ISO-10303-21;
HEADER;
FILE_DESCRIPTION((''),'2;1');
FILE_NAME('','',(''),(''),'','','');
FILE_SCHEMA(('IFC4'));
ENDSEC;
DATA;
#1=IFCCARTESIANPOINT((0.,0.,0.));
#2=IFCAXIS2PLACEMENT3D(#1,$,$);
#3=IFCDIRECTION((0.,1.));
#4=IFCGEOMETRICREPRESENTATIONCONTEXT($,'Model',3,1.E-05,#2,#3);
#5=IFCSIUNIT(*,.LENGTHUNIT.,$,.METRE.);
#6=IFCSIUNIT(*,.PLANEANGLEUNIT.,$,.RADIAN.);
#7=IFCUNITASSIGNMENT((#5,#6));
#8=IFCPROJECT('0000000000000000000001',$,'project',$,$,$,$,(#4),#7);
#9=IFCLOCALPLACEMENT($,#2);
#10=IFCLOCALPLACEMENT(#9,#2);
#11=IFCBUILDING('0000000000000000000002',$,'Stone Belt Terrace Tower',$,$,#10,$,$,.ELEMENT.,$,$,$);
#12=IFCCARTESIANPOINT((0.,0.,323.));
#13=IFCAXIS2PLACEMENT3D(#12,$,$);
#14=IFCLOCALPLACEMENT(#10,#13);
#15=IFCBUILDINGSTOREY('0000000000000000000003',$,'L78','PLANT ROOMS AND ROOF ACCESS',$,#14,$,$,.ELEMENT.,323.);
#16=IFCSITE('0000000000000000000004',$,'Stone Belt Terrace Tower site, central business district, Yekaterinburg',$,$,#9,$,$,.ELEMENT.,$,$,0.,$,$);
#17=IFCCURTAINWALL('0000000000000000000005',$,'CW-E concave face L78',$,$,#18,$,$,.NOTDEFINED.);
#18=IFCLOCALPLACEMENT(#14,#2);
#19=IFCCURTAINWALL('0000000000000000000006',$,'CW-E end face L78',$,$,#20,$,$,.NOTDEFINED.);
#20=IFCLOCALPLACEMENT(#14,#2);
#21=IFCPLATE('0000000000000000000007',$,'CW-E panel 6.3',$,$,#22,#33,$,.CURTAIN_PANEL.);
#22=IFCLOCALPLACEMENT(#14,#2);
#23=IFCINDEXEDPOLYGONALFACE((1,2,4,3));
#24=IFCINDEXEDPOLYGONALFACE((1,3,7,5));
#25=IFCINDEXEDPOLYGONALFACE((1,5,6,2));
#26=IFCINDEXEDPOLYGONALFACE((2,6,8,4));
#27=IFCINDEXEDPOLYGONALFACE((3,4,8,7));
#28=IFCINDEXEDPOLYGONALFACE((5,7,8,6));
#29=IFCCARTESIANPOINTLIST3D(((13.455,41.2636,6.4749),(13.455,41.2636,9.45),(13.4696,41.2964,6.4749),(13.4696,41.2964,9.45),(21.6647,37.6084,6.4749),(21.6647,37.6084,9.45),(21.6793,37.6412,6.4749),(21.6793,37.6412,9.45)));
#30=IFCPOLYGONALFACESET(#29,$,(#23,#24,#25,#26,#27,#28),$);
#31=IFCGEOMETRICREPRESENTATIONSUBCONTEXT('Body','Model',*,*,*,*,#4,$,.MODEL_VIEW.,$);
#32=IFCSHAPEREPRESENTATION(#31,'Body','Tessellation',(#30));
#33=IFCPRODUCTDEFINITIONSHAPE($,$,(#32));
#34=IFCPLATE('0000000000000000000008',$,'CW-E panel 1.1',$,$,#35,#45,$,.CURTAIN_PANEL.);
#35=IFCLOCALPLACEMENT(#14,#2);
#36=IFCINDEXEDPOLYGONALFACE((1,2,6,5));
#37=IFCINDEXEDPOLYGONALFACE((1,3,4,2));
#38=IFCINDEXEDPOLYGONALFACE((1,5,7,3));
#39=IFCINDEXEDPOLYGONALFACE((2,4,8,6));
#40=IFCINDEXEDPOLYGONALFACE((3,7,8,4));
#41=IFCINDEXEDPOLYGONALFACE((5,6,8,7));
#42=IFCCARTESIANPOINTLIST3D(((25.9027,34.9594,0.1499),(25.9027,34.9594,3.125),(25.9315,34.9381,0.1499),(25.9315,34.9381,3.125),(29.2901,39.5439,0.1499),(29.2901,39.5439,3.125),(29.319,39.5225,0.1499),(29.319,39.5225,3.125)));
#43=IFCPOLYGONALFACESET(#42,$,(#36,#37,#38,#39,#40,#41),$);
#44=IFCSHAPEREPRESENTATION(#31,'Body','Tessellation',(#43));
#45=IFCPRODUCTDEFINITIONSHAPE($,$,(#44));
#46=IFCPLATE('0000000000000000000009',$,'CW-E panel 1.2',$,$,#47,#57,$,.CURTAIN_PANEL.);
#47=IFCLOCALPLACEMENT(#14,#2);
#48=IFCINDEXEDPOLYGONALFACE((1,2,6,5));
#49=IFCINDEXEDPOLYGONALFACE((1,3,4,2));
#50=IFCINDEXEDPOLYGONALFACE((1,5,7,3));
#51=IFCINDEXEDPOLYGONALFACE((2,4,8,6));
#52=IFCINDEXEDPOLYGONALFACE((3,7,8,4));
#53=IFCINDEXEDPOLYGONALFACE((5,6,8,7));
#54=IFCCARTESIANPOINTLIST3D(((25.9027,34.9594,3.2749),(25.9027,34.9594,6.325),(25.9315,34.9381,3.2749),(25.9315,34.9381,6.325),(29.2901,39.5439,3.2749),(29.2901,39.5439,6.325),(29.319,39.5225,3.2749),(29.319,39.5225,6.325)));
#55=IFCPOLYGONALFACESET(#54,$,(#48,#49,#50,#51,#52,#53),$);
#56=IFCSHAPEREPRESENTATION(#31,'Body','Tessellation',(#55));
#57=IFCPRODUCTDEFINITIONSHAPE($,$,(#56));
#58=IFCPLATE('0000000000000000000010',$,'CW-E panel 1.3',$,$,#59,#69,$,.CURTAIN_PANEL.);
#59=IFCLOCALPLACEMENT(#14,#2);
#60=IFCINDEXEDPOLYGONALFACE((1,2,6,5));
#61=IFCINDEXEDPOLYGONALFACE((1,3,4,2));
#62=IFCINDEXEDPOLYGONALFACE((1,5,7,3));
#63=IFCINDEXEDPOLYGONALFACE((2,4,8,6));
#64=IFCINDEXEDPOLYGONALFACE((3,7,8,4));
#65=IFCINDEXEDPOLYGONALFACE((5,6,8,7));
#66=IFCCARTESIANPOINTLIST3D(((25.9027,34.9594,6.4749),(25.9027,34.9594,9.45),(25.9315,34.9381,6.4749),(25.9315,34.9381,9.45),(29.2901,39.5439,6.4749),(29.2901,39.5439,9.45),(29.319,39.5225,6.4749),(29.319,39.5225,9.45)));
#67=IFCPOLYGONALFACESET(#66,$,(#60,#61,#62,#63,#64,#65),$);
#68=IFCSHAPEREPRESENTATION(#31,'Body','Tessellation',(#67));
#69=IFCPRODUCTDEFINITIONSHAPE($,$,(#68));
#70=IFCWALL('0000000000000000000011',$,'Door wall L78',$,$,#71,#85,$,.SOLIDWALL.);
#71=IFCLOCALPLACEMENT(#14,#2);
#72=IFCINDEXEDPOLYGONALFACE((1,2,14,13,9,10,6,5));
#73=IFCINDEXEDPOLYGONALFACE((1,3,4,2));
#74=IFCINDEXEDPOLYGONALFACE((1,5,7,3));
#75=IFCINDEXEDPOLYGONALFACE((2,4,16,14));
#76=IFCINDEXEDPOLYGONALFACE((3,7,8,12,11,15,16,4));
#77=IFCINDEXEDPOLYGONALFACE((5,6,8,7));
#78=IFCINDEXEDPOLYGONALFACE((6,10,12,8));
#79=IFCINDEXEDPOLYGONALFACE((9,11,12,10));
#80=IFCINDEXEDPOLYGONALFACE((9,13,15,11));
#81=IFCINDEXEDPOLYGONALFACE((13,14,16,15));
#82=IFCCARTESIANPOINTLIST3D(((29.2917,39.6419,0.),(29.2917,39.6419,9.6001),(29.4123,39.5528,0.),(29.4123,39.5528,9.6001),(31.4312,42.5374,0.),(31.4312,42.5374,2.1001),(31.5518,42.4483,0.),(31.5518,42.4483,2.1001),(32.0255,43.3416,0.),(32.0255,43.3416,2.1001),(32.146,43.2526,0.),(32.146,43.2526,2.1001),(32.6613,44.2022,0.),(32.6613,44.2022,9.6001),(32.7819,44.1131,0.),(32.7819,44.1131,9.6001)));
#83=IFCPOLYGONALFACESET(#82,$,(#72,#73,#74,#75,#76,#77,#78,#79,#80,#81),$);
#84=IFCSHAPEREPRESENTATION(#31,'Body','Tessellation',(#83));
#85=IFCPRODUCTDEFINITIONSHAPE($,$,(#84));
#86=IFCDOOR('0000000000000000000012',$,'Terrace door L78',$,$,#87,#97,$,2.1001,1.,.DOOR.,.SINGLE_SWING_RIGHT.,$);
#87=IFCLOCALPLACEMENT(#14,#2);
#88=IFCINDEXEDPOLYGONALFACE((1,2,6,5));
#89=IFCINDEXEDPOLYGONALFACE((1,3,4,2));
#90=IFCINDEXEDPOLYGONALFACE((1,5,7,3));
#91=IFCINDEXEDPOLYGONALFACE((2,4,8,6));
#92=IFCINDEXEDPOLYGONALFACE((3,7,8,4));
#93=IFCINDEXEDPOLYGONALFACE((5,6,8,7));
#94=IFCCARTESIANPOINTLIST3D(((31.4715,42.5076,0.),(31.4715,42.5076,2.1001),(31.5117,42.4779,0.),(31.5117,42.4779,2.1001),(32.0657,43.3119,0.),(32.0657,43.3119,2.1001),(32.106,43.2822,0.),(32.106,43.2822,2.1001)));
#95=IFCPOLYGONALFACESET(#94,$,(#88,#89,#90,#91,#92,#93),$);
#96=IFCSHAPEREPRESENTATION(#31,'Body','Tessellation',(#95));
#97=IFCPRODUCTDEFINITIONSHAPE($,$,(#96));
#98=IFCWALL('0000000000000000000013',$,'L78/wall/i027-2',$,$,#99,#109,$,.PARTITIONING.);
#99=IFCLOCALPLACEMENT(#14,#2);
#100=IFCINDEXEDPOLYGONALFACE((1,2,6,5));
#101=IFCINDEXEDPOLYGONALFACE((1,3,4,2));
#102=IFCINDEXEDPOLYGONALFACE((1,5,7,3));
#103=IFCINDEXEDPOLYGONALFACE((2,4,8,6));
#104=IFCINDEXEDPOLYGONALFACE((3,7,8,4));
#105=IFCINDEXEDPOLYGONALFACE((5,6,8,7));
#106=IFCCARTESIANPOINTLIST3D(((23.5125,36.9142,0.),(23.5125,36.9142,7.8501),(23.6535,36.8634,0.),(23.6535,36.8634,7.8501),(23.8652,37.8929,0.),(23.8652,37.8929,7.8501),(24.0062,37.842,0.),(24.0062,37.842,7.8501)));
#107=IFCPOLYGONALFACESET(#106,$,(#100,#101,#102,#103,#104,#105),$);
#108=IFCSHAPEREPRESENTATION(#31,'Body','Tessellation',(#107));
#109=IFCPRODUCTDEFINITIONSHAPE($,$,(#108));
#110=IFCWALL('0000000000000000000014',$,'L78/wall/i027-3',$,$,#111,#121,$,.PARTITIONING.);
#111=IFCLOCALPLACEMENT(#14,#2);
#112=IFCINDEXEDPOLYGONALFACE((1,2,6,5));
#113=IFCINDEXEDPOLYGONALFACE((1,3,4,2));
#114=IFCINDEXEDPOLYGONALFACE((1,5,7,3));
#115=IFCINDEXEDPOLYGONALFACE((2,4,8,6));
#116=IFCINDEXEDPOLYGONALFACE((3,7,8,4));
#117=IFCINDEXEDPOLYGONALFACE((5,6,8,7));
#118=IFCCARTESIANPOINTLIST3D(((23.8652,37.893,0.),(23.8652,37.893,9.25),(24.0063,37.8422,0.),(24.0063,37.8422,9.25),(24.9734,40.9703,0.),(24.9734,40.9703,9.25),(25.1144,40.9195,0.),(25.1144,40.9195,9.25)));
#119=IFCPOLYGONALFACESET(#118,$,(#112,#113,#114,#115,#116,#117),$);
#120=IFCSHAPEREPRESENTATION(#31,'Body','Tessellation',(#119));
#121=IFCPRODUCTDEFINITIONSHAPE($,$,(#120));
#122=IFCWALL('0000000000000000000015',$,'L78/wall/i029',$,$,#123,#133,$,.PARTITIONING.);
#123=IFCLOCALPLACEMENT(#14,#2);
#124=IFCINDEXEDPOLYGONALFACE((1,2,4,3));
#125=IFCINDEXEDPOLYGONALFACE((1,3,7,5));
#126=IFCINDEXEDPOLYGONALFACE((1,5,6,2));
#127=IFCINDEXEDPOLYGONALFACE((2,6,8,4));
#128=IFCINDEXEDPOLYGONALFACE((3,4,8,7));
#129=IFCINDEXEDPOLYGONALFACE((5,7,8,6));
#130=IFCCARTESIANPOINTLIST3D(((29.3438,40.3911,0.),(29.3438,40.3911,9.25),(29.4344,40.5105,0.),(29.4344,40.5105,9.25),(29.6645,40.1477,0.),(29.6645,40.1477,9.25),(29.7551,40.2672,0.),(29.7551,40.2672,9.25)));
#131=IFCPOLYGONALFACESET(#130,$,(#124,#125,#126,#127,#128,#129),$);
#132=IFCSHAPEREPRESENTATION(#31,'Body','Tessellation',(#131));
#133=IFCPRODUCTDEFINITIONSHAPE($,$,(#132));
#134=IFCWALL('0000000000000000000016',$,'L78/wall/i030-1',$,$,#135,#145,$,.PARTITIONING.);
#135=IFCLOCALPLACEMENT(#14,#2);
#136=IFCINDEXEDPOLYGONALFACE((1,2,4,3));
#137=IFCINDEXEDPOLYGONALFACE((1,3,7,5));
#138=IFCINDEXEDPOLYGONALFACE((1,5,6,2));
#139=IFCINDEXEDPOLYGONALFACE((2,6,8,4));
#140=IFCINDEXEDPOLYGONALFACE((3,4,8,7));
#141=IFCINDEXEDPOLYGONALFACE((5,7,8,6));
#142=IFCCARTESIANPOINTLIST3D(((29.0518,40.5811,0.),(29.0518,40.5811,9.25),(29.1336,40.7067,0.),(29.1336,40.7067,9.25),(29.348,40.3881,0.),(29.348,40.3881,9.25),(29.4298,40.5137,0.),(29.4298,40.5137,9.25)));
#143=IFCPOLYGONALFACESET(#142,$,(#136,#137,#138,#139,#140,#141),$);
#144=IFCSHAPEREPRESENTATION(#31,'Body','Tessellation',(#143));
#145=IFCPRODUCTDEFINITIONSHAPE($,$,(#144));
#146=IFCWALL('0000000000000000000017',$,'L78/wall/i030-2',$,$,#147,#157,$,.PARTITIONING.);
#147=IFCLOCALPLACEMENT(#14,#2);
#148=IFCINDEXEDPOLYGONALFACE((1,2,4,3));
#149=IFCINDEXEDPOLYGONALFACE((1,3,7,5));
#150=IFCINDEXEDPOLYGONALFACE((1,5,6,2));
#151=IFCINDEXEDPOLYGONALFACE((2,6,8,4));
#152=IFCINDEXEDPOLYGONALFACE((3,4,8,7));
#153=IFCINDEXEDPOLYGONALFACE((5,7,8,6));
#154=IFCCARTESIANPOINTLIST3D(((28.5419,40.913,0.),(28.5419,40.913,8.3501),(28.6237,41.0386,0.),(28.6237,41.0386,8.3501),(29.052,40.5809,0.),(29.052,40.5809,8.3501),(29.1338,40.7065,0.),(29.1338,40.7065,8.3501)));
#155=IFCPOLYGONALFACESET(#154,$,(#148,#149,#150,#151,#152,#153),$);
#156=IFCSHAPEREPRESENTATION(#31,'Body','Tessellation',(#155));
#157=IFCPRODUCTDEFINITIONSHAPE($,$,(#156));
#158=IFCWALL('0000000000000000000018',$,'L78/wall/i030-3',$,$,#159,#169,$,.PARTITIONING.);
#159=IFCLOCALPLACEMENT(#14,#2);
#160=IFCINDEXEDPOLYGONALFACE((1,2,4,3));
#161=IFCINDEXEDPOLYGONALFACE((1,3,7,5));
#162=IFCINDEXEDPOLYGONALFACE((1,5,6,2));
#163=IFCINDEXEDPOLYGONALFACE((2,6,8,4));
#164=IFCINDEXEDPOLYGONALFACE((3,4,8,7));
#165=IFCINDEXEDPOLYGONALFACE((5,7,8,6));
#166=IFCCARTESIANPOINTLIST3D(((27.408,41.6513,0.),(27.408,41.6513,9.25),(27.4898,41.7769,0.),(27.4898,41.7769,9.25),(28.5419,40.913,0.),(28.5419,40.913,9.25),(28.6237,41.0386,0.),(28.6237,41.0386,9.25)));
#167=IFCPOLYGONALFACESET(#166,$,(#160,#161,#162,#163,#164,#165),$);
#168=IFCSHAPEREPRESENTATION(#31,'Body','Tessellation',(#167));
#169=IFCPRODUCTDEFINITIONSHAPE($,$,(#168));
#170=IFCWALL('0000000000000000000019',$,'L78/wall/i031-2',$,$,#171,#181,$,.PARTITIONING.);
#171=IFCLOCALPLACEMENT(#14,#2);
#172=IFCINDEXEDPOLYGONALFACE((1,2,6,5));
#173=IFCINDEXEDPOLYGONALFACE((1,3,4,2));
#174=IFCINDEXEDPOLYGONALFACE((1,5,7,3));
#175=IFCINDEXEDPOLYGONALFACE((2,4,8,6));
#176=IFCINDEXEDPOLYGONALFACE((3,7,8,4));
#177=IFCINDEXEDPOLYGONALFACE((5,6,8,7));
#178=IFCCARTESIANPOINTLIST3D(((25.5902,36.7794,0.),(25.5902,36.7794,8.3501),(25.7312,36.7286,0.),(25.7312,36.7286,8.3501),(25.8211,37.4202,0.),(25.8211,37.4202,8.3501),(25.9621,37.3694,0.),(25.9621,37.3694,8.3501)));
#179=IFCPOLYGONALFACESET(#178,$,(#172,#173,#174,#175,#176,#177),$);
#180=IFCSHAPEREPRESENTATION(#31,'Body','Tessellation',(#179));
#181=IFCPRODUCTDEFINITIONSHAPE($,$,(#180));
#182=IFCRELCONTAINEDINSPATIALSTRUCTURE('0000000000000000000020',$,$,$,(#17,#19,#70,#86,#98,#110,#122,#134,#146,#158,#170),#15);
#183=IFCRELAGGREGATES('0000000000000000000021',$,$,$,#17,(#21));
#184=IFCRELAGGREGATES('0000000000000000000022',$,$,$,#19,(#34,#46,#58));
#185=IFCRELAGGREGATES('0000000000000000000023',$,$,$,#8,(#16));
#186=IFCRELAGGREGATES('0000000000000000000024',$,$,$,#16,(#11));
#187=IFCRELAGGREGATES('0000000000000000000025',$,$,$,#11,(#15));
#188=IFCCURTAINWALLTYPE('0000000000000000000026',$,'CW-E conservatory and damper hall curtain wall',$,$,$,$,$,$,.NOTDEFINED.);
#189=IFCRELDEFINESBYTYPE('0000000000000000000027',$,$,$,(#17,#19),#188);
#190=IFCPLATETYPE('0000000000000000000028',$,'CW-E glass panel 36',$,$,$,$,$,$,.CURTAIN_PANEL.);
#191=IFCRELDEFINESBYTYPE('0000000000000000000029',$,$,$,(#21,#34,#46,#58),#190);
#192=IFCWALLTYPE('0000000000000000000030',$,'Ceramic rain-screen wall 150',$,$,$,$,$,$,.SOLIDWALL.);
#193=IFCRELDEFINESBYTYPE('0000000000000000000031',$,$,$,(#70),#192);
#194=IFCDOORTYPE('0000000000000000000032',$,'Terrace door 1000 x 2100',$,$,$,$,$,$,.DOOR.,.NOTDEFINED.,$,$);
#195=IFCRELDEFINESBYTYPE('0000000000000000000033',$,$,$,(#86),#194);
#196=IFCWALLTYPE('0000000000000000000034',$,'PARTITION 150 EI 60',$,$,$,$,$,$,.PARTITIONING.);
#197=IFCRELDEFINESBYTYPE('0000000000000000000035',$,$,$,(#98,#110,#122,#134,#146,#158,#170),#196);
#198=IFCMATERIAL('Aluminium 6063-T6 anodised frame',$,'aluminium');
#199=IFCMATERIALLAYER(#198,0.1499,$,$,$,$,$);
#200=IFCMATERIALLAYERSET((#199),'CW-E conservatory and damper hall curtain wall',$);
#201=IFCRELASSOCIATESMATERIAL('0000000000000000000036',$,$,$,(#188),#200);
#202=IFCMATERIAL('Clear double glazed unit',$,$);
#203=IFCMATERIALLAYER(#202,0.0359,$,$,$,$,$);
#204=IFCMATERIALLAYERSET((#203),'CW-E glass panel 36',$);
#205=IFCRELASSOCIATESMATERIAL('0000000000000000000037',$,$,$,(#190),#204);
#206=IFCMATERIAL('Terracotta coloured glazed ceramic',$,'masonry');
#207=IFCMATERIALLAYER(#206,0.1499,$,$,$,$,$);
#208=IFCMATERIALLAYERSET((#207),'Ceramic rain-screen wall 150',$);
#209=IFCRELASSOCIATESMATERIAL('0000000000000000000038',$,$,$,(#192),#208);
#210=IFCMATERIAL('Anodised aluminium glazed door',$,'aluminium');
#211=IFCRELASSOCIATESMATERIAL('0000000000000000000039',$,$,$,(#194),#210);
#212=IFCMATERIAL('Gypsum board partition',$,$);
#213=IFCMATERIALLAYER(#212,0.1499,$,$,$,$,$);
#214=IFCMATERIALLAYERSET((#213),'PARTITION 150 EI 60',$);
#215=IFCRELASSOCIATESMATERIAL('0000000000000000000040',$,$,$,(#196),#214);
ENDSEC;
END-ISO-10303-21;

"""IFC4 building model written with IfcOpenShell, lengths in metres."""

from ifc_helpers import new_model, si_unit, direction, frame, frame_2d, origin, origin_2d, place, context, subcontext, project, spatial, rectangle, extrude, material, layer, layer_set, type_object, element, fill, aggregate, save


model = new_model("IFC4")

# Units and contexts
model_context = context("Model", 3, precision=1e-05, world=origin(), true_north=direction((0.0, 1.0)))
body_context = subcontext(model_context, "Body", "Model", "MODEL_VIEW")
ifc_project = project(units=[si_unit("LENGTHUNIT", "METRE"), si_unit("PLANEANGLEUNIT", "RADIAN")], contexts=[model_context])

# Site, building, storey
site_placement = place(None, origin())
site = spatial("IfcSite", under=ifc_project, at=site_placement, Name="Stone Belt Terrace Tower site, central business district, Yekaterinburg", CompositionType="ELEMENT", RefElevation=0.0)
building_placement = place(site_placement, origin())
building = spatial("IfcBuilding", under=site, at=building_placement, Name="Stone Belt Terrace Tower", CompositionType="ELEMENT")
storey_placement = place(building_placement, frame((0.0, 0.0, 323.0)))
storey = spatial("IfcBuildingStorey", under=building, at=storey_placement, Name="L78", Description="PLANT ROOMS AND ROOF ACCESS", CompositionType="ELEMENT", Elevation=323.0)

# Curtain walls
ifc_material_1 = material(Name="Aluminium 6063-T6 anodised frame", Category="aluminium")
ifc_layer_1 = layer(ifc_material_1, 0.1499)
ifc_layer_set_1 = layer_set([ifc_layer_1], Name="CW-E conservatory and damper hall curtain wall")
curtain_wall_type = type_object("IfcCurtainWallType", Name="CW-E conservatory and damper hall curtain wall", PredefinedType="NOTDEFINED", material=ifc_layer_set_1)
curtain_wall_1_placement = place(storey_placement, origin())
curtain_wall_1 = element("IfcCurtainWall", 1, at=curtain_wall_1_placement, inside=storey, type_object=curtain_wall_type, Name="CW-E concave face L78", PredefinedType="NOTDEFINED")
curtain_wall_2_placement = place(storey_placement, origin())
curtain_wall_2 = element("IfcCurtainWall", 2, at=curtain_wall_2_placement, inside=storey, type_object=curtain_wall_type, Name="CW-E end face L78", PredefinedType="NOTDEFINED")

# Plates
ifc_material_2 = material(Name="Clear double glazed unit")
ifc_layer_2 = layer(ifc_material_2, 0.0359)
ifc_layer_set_2 = layer_set([ifc_layer_2], Name="CW-E glass panel 36")
plate_type = type_object("IfcPlateType", Name="CW-E glass panel 36", PredefinedType="CURTAIN_PANEL", material=ifc_layer_set_2)
plate_1_placement = place(storey_placement, frame((17.5671, 39.4524, 6.4749), z_axis=(0.0, 0.0, 1.0), x_axis=(0.913545, -0.406737, 0.0)))
plate_1 = element("IfcPlate", 3, at=plate_1_placement, type_object=plate_type, Name="CW-E panel 6.3", PredefinedType="CURTAIN_PANEL", context=body_context, shape_type="SweptSolid", body=[
    extrude(rectangle(XDim=8.9866, YDim=0.0359, at=origin_2d()), origin(), (0.0, 0.0, 1.0), 2.9751),
])
aggregate(curtain_wall_1, [plate_1])
plate_2_placement = place(storey_placement, frame((27.6108, 37.241, 0.1499), z_axis=(0.0, 0.0, 1.0), x_axis=(0.594275, 0.804262, 0.0)))
plate_2 = element("IfcPlate", 4, at=plate_2_placement, type_object=plate_type, Name="CW-E panel 1.1", PredefinedType="CURTAIN_PANEL", context=body_context, shape_type="SweptSolid", body=[
    extrude(rectangle(XDim=5.7002, YDim=0.0359, at=origin_2d()), origin(), (0.0, 0.0, 1.0), 2.9751),
])
plate_3_placement = place(storey_placement, frame((27.6108, 37.241, 3.2749), z_axis=(0.0, 0.0, 1.0), x_axis=(0.594275, 0.804262, 0.0)))
plate_3 = element("IfcPlate", 5, at=plate_3_placement, type_object=plate_type, Name="CW-E panel 1.2", PredefinedType="CURTAIN_PANEL", context=body_context, shape_type="SweptSolid", body=[
    extrude(rectangle(XDim=5.7002, YDim=0.0359, at=origin_2d()), origin(), (0.0, 0.0, 1.0), 3.05),
])
plate_4_placement = place(storey_placement, frame((27.6108, 37.241, 6.4749), z_axis=(0.0, 0.0, 1.0), x_axis=(0.594275, 0.804262, 0.0)))
plate_4 = element("IfcPlate", 6, at=plate_4_placement, type_object=plate_type, Name="CW-E panel 1.3", PredefinedType="CURTAIN_PANEL", context=body_context, shape_type="SweptSolid", body=[
    extrude(rectangle(XDim=5.7002, YDim=0.0359, at=origin_2d()), origin(), (0.0, 0.0, 1.0), 2.9751),
])
aggregate(curtain_wall_2, [plate_2, plate_3, plate_4])

# Wall, opening, door
ifc_material_3 = material(Name="Terracotta coloured glazed ceramic", Category="masonry")
ifc_layer_3 = layer(ifc_material_3, 0.1499)
ifc_layer_set_3 = layer_set([ifc_layer_3], Name="Ceramic rain-screen wall 150")
wall_type_1 = type_object("IfcWallType", Name="Ceramic rain-screen wall 150", PredefinedType="SOLIDWALL", material=ifc_layer_set_3)
wall_1_placement = place(storey_placement, frame((29.3521, 39.5974, 0.0), z_axis=(0.0, 0.0, 1.0), x_axis=(0.594274, 0.804263, 0.0)))
wall_1 = element("IfcWall", 7, at=wall_1_placement, inside=storey, type_object=wall_type_1, Name="Door wall L78", PredefinedType="SOLIDWALL", context=body_context, shape_type="SweptSolid", body=[
    extrude(rectangle(XDim=5.6702, YDim=0.1499, at=frame_2d((2.835, 0.0))), origin(), (0.0, 0.0, 1.0), 9.6001),
])
opening_1_placement = place(wall_1_placement, frame((3.6001, 0.0, 0.0)))
opening_1 = element("IfcOpeningElement", 8, at=opening_1_placement, cuts=wall_1, PredefinedType="OPENING", context=body_context, shape_type="SweptSolid", body=[
    extrude(rectangle(XDim=1.0, YDim=2.1001, at=frame_2d((0.5, 1.05))), frame((0.0, 0.085, 0.0), z_axis=(0.0, -1.0, 0.0), x_axis=(1.0, 0.0, 0.0)), (0.0, 0.0, 1.0), 0.1699),
])
ifc_material_4 = material(Name="Anodised aluminium glazed door", Category="aluminium")
door_type_1 = type_object("IfcDoorType", Name="Terrace door 1000 x 2100", OperationType="NOTDEFINED", PredefinedType="DOOR", material=ifc_material_4)
door_1_placement = place(opening_1_placement, origin())
door_1 = element("IfcDoor", 9, at=door_1_placement, inside=storey, type_object=door_type_1, Name="Terrace door L78", OperationType="SINGLE_SWING_RIGHT", OverallHeight=2.1001, OverallWidth=1.0, PredefinedType="DOOR", context=body_context, shape_type="SweptSolid", body=[
    extrude(rectangle(XDim=1.0, YDim=2.1001, at=frame_2d((0.5, 1.05))), frame((0.0, 0.0249, 0.0), z_axis=(0.0, -1.0, 0.0), x_axis=(1.0, 0.0, 0.0)), (0.0, 0.0, 1.0), 0.05),
])
fill(opening_1, door_1)

# Walls
ifc_material_5 = material(Name="Gypsum board partition")
ifc_layer_4 = layer(ifc_material_5, 0.1499)
ifc_layer_set_4 = layer_set([ifc_layer_4], Name="PARTITION 150 EI 60")
wall_type_2 = type_object("IfcWallType", Name="PARTITION 150 EI 60", PredefinedType="PARTITIONING", material=ifc_layer_set_4)
wall_2_placement = place(storey_placement, frame((23.583, 36.8889, 0.0), z_axis=(0.0, 0.0, 1.0), x_axis=(0.339085, 0.940756, 0.0)))
element("IfcWall", 10, at=wall_2_placement, inside=storey, type_object=wall_type_2, Name="L78/wall/i027-2", PredefinedType="PARTITIONING", context=body_context, shape_type="SweptSolid", body=[
    extrude(rectangle(XDim=1.0403, YDim=0.1499, at=frame_2d((0.52, 0.0))), origin(), (0.0, 0.0, 1.0), 7.8501),
])
wall_3_placement = place(storey_placement, frame((23.9358, 37.8677, 0.0), z_axis=(0.0, 0.0, 1.0), x_axis=(0.338799, 0.940859, 0.0)))
element("IfcWall", 11, at=wall_3_placement, inside=storey, type_object=wall_type_2, Name="L78/wall/i027-3", PredefinedType="PARTITIONING", context=body_context, shape_type="SweptSolid", body=[
    extrude(rectangle(XDim=3.2708, YDim=0.1499, at=frame_2d((1.6353, 0.0))), origin(), (0.0, 0.0, 1.0), 9.25),
])
wall_4_placement = place(storey_placement, frame((29.7097, 40.2075, 0.0), z_axis=(0.0, 0.0, 1.0), x_axis=(-0.796641, 0.604453, 0.0)))
element("IfcWall", 12, at=wall_4_placement, inside=storey, type_object=wall_type_2, Name="L78/wall/i029", PredefinedType="PARTITIONING", context=body_context, shape_type="SweptSolid", body=[
    extrude(rectangle(XDim=0.4026, YDim=0.1499, at=frame_2d((0.2012, 0.0))), origin(), (0.0, 0.0, 1.0), 9.25),
])
wall_5_placement = place(storey_placement, frame((29.3889, 40.4509, 0.0), z_axis=(0.0, 0.0, 1.0), x_axis=(-0.837954, 0.545741, 0.0)))
element("IfcWall", 13, at=wall_5_placement, inside=storey, type_object=wall_type_2, Name="L78/wall/i030-1", PredefinedType="PARTITIONING", context=body_context, shape_type="SweptSolid", body=[
    extrude(rectangle(XDim=0.3535, YDim=0.1499, at=frame_2d((0.1768, 0.0))), origin(), (0.0, 0.0, 1.0), 9.25),
])
wall_6_placement = place(storey_placement, frame((29.0928, 40.6438, 0.0), z_axis=(0.0, 0.0, 1.0), x_axis=(-0.838049, 0.545595, 0.0)))
element("IfcWall", 14, at=wall_6_placement, inside=storey, type_object=wall_type_2, Name="L78/wall/i030-2", PredefinedType="PARTITIONING", context=body_context, shape_type="SweptSolid", body=[
    extrude(rectangle(XDim=0.6086, YDim=0.1499, at=frame_2d((0.3042, 0.0))), origin(), (0.0, 0.0, 1.0), 8.3501),
])
wall_7_placement = place(storey_placement, frame((28.5828, 40.9758, 0.0), z_axis=(0.0, 0.0, 1.0), x_axis=(-0.837998, 0.545673, 0.0)))
element("IfcWall", 15, at=wall_7_placement, inside=storey, type_object=wall_type_2, Name="L78/wall/i030-3", PredefinedType="PARTITIONING", context=body_context, shape_type="SweptSolid", body=[
    extrude(rectangle(XDim=1.353, YDim=0.1499, at=frame_2d((0.6765, 0.0))), origin(), (0.0, 0.0, 1.0), 9.25),
])
wall_8_placement = place(storey_placement, frame((25.8916, 37.3948, 0.0), z_axis=(0.0, 0.0, 1.0), x_axis=(-0.339037, -0.940773, 0.0)))
element("IfcWall", 16, at=wall_8_placement, inside=storey, type_object=wall_type_2, Name="L78/wall/i031-2", PredefinedType="PARTITIONING", context=body_context, shape_type="SweptSolid", body=[
    extrude(rectangle(XDim=0.6812, YDim=0.1499, at=frame_2d((0.3406, 0.0))), origin(), (0.0, 0.0, 1.0), 8.3501),
])

save(model, "model.ifc")
